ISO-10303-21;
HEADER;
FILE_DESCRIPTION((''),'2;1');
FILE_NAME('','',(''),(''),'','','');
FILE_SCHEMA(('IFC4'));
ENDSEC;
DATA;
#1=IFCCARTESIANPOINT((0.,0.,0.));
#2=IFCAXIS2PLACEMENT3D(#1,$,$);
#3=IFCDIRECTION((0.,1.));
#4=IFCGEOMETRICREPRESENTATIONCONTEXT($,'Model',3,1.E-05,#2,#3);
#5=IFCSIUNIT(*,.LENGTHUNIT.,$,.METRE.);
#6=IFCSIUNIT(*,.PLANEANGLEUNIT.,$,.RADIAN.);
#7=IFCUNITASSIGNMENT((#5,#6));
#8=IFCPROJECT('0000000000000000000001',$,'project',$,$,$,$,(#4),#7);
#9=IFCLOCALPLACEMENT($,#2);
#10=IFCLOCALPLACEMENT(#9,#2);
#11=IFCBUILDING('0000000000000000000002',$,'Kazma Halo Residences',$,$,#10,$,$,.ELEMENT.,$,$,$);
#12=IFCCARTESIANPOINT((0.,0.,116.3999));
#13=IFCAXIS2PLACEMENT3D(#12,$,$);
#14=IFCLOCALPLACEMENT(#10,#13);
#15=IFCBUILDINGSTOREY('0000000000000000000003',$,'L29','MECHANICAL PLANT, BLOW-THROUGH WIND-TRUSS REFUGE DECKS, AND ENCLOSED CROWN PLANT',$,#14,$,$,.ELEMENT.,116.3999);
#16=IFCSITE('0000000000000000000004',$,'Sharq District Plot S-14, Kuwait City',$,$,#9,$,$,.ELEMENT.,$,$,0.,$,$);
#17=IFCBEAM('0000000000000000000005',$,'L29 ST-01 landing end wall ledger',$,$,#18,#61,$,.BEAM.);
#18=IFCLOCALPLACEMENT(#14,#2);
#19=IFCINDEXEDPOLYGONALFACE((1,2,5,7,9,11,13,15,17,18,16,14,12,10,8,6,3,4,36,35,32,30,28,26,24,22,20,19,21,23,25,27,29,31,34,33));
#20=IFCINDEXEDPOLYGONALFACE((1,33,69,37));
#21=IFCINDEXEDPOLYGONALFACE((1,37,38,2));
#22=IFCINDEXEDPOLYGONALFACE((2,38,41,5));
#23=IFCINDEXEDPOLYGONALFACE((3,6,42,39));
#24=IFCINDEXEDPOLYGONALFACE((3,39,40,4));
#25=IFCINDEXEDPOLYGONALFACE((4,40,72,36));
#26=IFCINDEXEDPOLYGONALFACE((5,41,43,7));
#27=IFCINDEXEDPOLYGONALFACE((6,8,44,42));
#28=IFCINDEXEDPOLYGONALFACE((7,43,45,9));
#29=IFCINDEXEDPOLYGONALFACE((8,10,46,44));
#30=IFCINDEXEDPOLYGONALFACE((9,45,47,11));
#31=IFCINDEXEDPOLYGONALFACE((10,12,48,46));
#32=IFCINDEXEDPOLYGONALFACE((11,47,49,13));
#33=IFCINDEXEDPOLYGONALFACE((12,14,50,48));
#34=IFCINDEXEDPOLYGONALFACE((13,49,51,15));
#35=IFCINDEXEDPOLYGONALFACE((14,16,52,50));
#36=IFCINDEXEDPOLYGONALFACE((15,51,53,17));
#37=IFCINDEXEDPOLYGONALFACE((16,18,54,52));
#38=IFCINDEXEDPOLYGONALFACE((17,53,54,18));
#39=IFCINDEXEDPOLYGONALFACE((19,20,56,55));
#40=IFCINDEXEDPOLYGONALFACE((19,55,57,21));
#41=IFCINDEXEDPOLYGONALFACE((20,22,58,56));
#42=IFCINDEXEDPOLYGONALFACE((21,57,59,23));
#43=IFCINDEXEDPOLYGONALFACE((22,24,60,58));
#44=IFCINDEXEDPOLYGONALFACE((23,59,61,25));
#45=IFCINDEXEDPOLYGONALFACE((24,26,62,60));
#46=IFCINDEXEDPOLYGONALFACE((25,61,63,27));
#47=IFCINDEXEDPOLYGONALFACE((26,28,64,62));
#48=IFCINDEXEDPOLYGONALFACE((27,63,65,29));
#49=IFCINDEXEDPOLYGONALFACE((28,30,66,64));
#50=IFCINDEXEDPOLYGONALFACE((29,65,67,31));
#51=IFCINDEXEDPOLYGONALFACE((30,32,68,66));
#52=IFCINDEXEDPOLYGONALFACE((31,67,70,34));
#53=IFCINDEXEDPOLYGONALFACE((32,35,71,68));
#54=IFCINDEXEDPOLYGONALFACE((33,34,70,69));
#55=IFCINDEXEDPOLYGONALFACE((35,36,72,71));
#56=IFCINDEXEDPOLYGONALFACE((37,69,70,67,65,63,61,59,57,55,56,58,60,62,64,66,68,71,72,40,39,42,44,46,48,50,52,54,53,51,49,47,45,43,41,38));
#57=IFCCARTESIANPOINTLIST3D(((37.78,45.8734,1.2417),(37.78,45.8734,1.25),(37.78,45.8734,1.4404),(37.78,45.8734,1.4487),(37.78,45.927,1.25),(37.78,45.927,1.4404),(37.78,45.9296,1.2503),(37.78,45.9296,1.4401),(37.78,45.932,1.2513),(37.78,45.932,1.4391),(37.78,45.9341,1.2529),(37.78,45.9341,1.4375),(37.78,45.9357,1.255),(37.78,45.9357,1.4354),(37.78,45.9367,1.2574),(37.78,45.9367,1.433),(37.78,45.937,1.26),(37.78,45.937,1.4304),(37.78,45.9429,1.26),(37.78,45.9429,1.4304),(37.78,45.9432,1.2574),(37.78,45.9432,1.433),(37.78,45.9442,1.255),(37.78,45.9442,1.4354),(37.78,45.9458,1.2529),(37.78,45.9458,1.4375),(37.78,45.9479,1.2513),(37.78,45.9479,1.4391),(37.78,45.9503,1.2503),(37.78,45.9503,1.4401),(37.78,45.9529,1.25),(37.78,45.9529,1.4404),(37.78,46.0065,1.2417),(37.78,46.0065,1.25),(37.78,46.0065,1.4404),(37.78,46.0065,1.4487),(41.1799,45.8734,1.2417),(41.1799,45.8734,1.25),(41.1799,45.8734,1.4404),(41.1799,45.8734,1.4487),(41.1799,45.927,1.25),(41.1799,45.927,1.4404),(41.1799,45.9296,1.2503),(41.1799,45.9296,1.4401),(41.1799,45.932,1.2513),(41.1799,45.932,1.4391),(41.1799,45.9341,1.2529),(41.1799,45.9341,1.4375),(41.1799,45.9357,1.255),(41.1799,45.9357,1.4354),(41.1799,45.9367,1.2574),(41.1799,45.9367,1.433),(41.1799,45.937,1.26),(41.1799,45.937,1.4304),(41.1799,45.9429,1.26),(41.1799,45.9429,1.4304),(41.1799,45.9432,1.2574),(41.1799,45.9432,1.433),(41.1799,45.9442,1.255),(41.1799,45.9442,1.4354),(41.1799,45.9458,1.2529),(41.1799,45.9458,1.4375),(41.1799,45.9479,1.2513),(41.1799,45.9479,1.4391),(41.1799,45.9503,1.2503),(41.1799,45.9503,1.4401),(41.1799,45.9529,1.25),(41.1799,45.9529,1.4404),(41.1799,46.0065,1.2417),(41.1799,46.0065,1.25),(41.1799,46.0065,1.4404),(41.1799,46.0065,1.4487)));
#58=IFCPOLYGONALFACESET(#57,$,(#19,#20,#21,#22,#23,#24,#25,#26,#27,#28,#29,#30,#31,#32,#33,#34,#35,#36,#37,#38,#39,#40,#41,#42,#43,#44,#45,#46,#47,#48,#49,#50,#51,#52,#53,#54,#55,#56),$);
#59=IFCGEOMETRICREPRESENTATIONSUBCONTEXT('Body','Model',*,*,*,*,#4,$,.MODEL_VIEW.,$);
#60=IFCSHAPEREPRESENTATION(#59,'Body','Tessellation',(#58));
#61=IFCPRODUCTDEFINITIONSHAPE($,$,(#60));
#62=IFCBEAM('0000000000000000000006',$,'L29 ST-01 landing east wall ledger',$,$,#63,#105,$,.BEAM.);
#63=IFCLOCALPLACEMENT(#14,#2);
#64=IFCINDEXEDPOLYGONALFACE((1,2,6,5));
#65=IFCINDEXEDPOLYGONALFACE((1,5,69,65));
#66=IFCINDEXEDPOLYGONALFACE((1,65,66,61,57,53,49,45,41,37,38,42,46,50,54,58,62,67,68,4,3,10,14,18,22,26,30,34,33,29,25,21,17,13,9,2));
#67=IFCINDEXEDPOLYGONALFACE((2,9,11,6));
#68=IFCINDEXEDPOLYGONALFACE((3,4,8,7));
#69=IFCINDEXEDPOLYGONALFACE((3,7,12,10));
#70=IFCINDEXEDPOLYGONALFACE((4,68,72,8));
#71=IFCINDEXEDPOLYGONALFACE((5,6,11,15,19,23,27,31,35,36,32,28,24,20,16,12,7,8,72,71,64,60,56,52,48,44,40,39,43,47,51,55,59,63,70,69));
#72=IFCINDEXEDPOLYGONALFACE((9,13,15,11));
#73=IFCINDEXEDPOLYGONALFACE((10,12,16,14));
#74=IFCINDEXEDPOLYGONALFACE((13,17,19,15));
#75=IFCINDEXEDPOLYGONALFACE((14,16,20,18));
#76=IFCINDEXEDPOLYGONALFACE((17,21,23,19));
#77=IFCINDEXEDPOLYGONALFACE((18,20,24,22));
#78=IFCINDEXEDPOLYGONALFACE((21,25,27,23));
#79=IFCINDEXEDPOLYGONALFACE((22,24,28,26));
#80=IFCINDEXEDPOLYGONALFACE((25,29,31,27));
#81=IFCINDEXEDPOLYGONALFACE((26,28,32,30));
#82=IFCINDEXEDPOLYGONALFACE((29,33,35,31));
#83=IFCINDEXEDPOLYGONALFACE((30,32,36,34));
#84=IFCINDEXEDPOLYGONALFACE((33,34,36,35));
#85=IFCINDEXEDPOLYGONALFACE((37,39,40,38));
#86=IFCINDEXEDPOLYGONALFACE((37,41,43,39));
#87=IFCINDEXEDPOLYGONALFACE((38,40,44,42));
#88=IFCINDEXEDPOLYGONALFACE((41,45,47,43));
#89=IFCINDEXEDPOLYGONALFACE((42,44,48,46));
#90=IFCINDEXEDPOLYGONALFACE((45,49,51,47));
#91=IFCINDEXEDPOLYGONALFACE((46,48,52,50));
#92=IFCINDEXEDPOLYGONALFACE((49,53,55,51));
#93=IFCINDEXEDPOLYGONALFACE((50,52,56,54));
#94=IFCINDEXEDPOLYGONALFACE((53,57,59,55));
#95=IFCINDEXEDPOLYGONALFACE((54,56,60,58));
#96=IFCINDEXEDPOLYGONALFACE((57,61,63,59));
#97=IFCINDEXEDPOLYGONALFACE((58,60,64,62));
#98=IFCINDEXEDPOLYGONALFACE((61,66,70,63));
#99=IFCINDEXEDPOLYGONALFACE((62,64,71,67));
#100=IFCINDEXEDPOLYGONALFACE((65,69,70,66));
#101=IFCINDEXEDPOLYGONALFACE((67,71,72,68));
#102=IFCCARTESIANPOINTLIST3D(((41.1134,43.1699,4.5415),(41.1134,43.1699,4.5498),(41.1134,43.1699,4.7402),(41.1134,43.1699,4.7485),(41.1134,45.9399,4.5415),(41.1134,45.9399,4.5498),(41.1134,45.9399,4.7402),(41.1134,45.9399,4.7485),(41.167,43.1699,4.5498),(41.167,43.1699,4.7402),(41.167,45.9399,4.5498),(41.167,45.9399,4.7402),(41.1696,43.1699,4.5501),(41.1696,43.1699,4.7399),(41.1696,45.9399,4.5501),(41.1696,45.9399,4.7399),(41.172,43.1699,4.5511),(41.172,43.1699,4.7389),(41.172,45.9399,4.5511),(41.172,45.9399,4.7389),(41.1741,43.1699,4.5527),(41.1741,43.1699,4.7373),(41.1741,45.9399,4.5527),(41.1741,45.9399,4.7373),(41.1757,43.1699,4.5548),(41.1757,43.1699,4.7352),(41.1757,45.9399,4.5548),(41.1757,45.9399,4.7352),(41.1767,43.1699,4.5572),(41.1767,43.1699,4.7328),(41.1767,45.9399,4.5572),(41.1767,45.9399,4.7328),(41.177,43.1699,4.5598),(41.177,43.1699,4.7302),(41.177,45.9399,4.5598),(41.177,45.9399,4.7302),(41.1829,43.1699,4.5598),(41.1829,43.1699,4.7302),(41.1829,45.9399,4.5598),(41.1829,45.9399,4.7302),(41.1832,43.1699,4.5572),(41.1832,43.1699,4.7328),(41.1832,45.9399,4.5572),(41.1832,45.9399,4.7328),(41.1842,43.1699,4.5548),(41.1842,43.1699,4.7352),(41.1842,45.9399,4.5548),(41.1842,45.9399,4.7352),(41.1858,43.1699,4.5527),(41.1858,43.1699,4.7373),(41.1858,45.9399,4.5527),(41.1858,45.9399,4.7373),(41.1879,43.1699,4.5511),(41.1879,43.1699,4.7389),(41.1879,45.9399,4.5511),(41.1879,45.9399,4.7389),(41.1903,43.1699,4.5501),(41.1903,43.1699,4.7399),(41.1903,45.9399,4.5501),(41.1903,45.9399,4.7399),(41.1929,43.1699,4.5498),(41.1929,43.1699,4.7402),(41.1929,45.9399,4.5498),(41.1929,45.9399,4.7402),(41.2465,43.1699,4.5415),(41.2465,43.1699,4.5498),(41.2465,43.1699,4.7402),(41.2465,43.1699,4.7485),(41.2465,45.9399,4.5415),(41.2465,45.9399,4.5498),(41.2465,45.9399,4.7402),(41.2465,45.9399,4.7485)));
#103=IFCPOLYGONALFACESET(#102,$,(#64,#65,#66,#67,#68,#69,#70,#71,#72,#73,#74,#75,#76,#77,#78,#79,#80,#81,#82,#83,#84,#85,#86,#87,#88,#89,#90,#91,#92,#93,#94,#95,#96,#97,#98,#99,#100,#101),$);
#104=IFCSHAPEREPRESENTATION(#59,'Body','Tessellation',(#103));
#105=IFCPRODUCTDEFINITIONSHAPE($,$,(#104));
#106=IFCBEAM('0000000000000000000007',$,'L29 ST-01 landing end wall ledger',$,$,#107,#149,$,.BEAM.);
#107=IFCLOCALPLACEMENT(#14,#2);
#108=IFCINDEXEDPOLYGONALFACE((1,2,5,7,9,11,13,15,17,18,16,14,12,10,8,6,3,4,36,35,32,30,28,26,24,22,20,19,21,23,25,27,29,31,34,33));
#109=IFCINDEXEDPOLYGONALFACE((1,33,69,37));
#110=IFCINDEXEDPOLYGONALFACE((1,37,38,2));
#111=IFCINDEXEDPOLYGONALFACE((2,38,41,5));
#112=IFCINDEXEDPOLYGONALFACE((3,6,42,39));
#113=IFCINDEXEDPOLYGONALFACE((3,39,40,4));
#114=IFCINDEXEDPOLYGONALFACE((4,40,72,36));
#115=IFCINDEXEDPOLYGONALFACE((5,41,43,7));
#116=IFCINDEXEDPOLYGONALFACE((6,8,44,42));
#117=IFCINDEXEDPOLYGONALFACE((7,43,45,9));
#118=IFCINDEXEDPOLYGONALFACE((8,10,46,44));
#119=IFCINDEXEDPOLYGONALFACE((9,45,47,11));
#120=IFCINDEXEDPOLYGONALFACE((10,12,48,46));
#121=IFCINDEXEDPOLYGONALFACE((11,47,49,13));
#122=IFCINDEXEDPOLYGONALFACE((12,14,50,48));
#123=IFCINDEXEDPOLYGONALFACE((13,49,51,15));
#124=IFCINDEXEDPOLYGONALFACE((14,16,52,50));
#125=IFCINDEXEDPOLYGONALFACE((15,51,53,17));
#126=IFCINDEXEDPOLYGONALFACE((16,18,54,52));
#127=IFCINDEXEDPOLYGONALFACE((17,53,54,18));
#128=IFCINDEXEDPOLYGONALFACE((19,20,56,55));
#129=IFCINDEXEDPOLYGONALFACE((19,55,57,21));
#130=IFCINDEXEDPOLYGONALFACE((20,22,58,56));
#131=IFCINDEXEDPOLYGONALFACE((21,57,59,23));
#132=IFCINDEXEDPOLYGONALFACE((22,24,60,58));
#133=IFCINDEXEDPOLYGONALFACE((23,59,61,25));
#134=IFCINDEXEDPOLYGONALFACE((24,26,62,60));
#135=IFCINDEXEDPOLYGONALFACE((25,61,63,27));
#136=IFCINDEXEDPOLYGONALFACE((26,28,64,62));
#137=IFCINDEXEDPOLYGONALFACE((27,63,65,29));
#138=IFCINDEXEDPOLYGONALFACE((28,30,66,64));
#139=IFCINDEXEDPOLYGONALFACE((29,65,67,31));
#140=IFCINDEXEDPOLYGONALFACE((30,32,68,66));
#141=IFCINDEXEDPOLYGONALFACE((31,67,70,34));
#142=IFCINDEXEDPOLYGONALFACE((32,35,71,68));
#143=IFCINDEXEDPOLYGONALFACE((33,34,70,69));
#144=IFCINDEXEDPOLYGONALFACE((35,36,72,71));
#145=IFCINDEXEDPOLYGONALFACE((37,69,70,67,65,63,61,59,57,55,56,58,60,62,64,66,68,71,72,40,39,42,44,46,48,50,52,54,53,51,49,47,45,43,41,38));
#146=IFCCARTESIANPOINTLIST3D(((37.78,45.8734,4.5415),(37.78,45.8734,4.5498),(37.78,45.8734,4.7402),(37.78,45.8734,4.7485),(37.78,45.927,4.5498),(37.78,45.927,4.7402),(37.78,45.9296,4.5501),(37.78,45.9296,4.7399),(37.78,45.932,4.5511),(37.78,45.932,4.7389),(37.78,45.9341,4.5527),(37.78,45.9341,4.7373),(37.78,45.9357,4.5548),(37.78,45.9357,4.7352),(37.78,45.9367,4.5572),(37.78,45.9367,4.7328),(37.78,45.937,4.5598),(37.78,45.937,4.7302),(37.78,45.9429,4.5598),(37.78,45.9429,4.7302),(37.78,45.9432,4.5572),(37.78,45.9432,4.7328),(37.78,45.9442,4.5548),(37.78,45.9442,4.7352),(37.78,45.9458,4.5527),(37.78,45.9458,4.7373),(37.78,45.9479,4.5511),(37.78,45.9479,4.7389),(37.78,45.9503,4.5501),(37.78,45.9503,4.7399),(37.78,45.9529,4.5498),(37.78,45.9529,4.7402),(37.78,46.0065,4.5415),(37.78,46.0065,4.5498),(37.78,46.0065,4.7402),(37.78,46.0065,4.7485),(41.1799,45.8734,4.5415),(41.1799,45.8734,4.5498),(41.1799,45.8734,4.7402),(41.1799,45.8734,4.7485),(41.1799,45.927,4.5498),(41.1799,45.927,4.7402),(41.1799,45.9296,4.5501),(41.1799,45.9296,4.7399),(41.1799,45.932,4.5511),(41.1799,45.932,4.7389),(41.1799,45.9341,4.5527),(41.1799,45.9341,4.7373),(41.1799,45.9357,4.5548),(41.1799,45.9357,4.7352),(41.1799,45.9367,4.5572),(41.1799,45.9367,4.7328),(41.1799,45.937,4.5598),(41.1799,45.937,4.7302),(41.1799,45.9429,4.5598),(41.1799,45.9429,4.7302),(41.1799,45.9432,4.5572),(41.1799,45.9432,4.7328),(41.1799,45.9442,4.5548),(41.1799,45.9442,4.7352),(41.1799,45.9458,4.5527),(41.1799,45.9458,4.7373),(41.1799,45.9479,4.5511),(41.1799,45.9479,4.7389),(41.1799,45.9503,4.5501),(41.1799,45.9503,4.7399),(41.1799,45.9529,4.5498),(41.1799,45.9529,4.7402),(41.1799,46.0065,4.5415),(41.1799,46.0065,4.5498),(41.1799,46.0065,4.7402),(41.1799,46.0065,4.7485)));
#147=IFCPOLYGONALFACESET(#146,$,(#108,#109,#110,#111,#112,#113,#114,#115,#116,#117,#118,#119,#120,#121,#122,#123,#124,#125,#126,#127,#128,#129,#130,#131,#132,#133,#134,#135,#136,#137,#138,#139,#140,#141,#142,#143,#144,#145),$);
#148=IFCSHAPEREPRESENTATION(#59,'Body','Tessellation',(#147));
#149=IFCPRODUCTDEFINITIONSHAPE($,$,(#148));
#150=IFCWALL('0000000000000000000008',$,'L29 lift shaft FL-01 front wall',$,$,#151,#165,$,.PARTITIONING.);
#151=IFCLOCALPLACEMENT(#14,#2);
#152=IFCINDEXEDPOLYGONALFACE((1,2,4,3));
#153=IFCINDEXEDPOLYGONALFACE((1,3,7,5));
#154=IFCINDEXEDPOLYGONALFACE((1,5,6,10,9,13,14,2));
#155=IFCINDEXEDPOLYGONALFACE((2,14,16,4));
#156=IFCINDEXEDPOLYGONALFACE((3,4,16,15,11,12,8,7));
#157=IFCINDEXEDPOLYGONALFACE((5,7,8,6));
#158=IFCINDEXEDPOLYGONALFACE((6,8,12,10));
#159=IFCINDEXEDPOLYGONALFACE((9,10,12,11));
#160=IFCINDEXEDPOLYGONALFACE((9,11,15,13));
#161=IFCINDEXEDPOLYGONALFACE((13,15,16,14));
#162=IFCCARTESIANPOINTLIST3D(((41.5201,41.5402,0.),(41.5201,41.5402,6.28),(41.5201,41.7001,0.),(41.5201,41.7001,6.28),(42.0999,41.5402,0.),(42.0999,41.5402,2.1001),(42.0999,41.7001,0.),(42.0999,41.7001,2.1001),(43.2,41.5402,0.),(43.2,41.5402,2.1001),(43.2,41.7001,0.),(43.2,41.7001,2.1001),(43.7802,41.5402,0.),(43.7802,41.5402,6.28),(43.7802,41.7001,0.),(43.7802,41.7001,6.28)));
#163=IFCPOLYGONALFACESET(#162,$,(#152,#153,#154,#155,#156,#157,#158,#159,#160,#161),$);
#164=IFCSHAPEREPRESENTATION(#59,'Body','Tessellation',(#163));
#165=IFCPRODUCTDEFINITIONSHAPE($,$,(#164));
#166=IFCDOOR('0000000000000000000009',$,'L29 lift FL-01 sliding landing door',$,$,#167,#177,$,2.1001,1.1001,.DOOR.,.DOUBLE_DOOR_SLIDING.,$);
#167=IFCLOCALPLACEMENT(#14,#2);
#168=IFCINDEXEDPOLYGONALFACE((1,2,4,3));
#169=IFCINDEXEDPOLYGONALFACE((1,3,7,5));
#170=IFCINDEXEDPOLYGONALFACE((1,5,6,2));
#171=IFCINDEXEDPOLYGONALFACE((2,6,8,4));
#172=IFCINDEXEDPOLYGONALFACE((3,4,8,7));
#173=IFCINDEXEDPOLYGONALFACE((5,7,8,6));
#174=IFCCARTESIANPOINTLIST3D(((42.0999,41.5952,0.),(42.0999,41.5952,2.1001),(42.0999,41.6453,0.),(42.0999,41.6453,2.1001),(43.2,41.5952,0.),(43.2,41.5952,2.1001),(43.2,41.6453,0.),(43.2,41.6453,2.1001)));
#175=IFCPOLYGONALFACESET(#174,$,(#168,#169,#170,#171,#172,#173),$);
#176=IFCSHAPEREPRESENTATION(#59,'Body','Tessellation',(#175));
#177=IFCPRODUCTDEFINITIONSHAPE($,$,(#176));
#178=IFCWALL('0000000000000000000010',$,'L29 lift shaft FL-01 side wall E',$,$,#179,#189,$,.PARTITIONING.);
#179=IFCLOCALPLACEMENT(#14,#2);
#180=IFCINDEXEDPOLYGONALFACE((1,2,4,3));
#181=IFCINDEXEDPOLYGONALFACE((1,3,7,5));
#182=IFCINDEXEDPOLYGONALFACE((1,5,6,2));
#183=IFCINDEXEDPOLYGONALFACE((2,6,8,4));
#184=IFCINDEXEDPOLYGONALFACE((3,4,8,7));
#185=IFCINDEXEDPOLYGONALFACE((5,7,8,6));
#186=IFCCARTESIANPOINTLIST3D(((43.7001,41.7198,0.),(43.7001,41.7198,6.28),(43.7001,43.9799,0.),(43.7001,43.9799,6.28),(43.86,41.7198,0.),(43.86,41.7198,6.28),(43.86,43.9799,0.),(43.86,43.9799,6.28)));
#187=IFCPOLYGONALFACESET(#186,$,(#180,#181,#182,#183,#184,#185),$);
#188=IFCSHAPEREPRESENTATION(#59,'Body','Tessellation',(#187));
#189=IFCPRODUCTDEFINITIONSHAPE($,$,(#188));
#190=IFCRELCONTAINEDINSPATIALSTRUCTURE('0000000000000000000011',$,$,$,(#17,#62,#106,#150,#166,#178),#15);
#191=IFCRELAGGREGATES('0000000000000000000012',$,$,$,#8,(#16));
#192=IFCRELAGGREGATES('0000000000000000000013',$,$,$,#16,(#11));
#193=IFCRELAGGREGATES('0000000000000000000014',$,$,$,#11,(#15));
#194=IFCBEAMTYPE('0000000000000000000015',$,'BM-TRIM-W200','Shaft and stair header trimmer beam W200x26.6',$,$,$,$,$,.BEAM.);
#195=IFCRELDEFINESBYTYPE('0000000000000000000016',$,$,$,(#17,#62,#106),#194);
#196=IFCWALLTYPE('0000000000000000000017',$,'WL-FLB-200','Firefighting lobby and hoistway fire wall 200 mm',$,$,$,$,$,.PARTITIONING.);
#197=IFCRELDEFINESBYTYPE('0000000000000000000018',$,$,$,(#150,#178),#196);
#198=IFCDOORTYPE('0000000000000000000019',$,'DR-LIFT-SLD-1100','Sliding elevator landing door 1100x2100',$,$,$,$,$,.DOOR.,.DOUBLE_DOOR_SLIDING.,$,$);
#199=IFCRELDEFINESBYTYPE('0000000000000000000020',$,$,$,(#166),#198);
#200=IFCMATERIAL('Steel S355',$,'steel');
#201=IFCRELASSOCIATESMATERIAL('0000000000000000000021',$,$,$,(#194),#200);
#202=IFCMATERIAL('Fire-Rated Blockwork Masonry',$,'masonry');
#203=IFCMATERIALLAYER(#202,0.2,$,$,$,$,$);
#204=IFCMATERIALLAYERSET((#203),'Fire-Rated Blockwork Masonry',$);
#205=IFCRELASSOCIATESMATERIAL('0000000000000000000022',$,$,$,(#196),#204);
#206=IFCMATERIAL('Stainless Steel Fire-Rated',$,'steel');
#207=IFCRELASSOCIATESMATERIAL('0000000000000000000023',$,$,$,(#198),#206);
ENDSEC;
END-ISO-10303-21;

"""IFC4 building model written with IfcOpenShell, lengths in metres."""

from ifc_helpers import new_model, si_unit, direction, frame, frame_2d, origin, origin_2d, place, context, subcontext, project, spatial, rectangle, i_section, extrude, material, layer, layer_set, material_profile, profile_set, type_object, element, fill, save


model = new_model("IFC4")

# Units and contexts
model_context = context("Model", 3, precision=1e-05, world=origin(), true_north=direction((0.0, 1.0)))
body_context = subcontext(model_context, "Body", "Model", "MODEL_VIEW")
ifc_project = project(units=[si_unit("LENGTHUNIT", "METRE"), si_unit("PLANEANGLEUNIT", "RADIAN")], contexts=[model_context])

# Site, building, storey
site_placement = place(None, origin())
site = spatial("IfcSite", under=ifc_project, at=site_placement, Name="Sharq District Plot S-14, Kuwait City", CompositionType="ELEMENT", RefElevation=0.0)
building_placement = place(site_placement, origin())
building = spatial("IfcBuilding", under=site, at=building_placement, Name="Kazma Halo Residences", CompositionType="ELEMENT")
storey_placement = place(building_placement, frame((0.0, 0.0, 116.3999)))
storey = spatial("IfcBuildingStorey", under=building, at=storey_placement, Name="L29", Description="MECHANICAL PLANT, BLOW-THROUGH WIND-TRUSS REFUGE DECKS, AND ENCLOSED CROWN PLANT", CompositionType="ELEMENT", Elevation=116.3999)

# Shared definitions
ifc_material_1 = material(Name="Steel S355", Category="steel")

# Beams
ifc_material_profile_1 = material_profile(ifc_material_1, i_section(OverallWidth=0.1331, OverallDepth=0.207, WebThickness=0.0059, FlangeThickness=0.0083, FilletRadius=0.01, at=origin_2d()), Name="W200x26.6")
ifc_profile_set_1 = profile_set([ifc_material_profile_1], Name="Steel S355")
beam_type = type_object("IfcBeamType", Name="BM-TRIM-W200", Description="Shaft and stair header trimmer beam W200x26.6", PredefinedType="BEAM", material=ifc_profile_set_1)
beam_1_placement = place(storey_placement, frame((37.78, 45.9399, 1.3452), z_axis=(1.0, 0.0, 0.0), x_axis=(0.0, 1.0, 0.0)))
element("IfcBeam", 1, at=beam_1_placement, inside=storey, type_object=beam_type, Name="L29 ST-01 landing end wall ledger", PredefinedType="BEAM", context=body_context, shape_type="SweptSolid", body=[
    extrude(i_section(OverallWidth=0.1331, OverallDepth=0.207, WebThickness=0.0059, FlangeThickness=0.0083, FilletRadius=0.01, at=origin_2d()), origin(), (0.0, 0.0, 1.0), 3.3999),
])
beam_2_placement = place(storey_placement, frame((41.1799, 43.1699, 4.645), z_axis=(0.0, 1.0, 0.0), x_axis=(-1.0, 0.0, 0.0)))
element("IfcBeam", 2, at=beam_2_placement, inside=storey, type_object=beam_type, Name="L29 ST-01 landing east wall ledger", PredefinedType="BEAM", context=body_context, shape_type="SweptSolid", body=[
    extrude(i_section(OverallWidth=0.1331, OverallDepth=0.207, WebThickness=0.0059, FlangeThickness=0.0083, FilletRadius=0.01, at=origin_2d()), origin(), (0.0, 0.0, 1.0), 2.77),
])
beam_3_placement = place(storey_placement, frame((37.78, 45.9399, 4.645), z_axis=(1.0, 0.0, 0.0), x_axis=(0.0, 1.0, 0.0)))
element("IfcBeam", 3, at=beam_3_placement, inside=storey, type_object=beam_type, Name="L29 ST-01 landing end wall ledger", PredefinedType="BEAM", context=body_context, shape_type="SweptSolid", body=[
    extrude(i_section(OverallWidth=0.1331, OverallDepth=0.207, WebThickness=0.0059, FlangeThickness=0.0083, FilletRadius=0.01, at=origin_2d()), origin(), (0.0, 0.0, 1.0), 3.3999),
])

# Wall, opening, door
ifc_material_2 = material(Name="Fire-Rated Blockwork Masonry", Category="masonry")
ifc_layer_1 = layer(ifc_material_2, 0.2)
ifc_layer_set_1 = layer_set([ifc_layer_1], Name="Fire-Rated Blockwork Masonry")
wall_type_1 = type_object("IfcWallType", Name="WL-FLB-200", Description="Firefighting lobby and hoistway fire wall 200 mm", PredefinedType="PARTITIONING", material=ifc_layer_set_1)
wall_1_placement = place(storey_placement, frame((43.78, 41.6201, 0.0), z_axis=(0.0, 0.0, 1.0), x_axis=(-1.0, 0.0, 0.0)))
wall_1 = element("IfcWall", 4, at=wall_1_placement, inside=storey, type_object=wall_type_1, Name="L29 lift shaft FL-01 front wall", PredefinedType="PARTITIONING", context=body_context, shape_type="SweptSolid", body=[
    extrude(rectangle(XDim=2.26, YDim=0.1599, at=frame_2d((1.1299, 0.0))), origin(), (0.0, 0.0, 1.0), 6.28),
])
opening_1_placement = place(wall_1_placement, frame((0.5801, 0.0, 0.0)))
opening_1 = element("IfcOpeningElement", 5, at=opening_1_placement, cuts=wall_1, PredefinedType="OPENING", context=body_context, shape_type="SweptSolid", body=[
    extrude(rectangle(XDim=1.1001, YDim=2.1001, at=frame_2d((0.55, 1.05))), frame((0.0, 0.0898, 0.0), z_axis=(0.0, -1.0, 0.0), x_axis=(1.0, 0.0, 0.0)), (0.0, 0.0, 1.0), 0.1799),
])
ifc_material_3 = material(Name="Stainless Steel Fire-Rated", Category="steel")
door_type_1 = type_object("IfcDoorType", Name="DR-LIFT-SLD-1100", Description="Sliding elevator landing door 1100x2100", OperationType="DOUBLE_DOOR_SLIDING", PredefinedType="DOOR", material=ifc_material_3)
door_1_placement = place(opening_1_placement, origin())
door_1 = element("IfcDoor", 6, at=door_1_placement, inside=storey, type_object=door_type_1, Name="L29 lift FL-01 sliding landing door", OperationType="DOUBLE_DOOR_SLIDING", OverallHeight=2.1001, OverallWidth=1.1001, PredefinedType="DOOR", context=body_context, shape_type="SweptSolid", body=[
    extrude(rectangle(XDim=1.1001, YDim=2.1001, at=frame_2d((0.55, 1.05))), frame((0.0, 0.0249, 0.0), z_axis=(0.0, -1.0, 0.0), x_axis=(1.0, 0.0, 0.0)), (0.0, 0.0, 1.0), 0.05),
])
fill(opening_1, door_1)

# Wall
for number, where, z_axis, x_axis, name in (
    (7, (43.78, 41.72, 0.0), (0.0, 0.0, 1.0), (0.0, 1.0, 0.0), "L29 lift shaft FL-01 side wall E"),
):
    element("IfcWall", number, at=place(storey_placement, frame(where, z_axis=z_axis, x_axis=x_axis)), inside=storey, type_object=wall_type_1, Name=name, PredefinedType="PARTITIONING", context=body_context, shape_type="SweptSolid", body=[
        extrude(rectangle(XDim=2.26, YDim=0.1599, at=frame_2d((1.1299, 0.0))), origin(), (0.0, 0.0, 1.0), 6.28),
    ])

save(model, "model.ifc")
